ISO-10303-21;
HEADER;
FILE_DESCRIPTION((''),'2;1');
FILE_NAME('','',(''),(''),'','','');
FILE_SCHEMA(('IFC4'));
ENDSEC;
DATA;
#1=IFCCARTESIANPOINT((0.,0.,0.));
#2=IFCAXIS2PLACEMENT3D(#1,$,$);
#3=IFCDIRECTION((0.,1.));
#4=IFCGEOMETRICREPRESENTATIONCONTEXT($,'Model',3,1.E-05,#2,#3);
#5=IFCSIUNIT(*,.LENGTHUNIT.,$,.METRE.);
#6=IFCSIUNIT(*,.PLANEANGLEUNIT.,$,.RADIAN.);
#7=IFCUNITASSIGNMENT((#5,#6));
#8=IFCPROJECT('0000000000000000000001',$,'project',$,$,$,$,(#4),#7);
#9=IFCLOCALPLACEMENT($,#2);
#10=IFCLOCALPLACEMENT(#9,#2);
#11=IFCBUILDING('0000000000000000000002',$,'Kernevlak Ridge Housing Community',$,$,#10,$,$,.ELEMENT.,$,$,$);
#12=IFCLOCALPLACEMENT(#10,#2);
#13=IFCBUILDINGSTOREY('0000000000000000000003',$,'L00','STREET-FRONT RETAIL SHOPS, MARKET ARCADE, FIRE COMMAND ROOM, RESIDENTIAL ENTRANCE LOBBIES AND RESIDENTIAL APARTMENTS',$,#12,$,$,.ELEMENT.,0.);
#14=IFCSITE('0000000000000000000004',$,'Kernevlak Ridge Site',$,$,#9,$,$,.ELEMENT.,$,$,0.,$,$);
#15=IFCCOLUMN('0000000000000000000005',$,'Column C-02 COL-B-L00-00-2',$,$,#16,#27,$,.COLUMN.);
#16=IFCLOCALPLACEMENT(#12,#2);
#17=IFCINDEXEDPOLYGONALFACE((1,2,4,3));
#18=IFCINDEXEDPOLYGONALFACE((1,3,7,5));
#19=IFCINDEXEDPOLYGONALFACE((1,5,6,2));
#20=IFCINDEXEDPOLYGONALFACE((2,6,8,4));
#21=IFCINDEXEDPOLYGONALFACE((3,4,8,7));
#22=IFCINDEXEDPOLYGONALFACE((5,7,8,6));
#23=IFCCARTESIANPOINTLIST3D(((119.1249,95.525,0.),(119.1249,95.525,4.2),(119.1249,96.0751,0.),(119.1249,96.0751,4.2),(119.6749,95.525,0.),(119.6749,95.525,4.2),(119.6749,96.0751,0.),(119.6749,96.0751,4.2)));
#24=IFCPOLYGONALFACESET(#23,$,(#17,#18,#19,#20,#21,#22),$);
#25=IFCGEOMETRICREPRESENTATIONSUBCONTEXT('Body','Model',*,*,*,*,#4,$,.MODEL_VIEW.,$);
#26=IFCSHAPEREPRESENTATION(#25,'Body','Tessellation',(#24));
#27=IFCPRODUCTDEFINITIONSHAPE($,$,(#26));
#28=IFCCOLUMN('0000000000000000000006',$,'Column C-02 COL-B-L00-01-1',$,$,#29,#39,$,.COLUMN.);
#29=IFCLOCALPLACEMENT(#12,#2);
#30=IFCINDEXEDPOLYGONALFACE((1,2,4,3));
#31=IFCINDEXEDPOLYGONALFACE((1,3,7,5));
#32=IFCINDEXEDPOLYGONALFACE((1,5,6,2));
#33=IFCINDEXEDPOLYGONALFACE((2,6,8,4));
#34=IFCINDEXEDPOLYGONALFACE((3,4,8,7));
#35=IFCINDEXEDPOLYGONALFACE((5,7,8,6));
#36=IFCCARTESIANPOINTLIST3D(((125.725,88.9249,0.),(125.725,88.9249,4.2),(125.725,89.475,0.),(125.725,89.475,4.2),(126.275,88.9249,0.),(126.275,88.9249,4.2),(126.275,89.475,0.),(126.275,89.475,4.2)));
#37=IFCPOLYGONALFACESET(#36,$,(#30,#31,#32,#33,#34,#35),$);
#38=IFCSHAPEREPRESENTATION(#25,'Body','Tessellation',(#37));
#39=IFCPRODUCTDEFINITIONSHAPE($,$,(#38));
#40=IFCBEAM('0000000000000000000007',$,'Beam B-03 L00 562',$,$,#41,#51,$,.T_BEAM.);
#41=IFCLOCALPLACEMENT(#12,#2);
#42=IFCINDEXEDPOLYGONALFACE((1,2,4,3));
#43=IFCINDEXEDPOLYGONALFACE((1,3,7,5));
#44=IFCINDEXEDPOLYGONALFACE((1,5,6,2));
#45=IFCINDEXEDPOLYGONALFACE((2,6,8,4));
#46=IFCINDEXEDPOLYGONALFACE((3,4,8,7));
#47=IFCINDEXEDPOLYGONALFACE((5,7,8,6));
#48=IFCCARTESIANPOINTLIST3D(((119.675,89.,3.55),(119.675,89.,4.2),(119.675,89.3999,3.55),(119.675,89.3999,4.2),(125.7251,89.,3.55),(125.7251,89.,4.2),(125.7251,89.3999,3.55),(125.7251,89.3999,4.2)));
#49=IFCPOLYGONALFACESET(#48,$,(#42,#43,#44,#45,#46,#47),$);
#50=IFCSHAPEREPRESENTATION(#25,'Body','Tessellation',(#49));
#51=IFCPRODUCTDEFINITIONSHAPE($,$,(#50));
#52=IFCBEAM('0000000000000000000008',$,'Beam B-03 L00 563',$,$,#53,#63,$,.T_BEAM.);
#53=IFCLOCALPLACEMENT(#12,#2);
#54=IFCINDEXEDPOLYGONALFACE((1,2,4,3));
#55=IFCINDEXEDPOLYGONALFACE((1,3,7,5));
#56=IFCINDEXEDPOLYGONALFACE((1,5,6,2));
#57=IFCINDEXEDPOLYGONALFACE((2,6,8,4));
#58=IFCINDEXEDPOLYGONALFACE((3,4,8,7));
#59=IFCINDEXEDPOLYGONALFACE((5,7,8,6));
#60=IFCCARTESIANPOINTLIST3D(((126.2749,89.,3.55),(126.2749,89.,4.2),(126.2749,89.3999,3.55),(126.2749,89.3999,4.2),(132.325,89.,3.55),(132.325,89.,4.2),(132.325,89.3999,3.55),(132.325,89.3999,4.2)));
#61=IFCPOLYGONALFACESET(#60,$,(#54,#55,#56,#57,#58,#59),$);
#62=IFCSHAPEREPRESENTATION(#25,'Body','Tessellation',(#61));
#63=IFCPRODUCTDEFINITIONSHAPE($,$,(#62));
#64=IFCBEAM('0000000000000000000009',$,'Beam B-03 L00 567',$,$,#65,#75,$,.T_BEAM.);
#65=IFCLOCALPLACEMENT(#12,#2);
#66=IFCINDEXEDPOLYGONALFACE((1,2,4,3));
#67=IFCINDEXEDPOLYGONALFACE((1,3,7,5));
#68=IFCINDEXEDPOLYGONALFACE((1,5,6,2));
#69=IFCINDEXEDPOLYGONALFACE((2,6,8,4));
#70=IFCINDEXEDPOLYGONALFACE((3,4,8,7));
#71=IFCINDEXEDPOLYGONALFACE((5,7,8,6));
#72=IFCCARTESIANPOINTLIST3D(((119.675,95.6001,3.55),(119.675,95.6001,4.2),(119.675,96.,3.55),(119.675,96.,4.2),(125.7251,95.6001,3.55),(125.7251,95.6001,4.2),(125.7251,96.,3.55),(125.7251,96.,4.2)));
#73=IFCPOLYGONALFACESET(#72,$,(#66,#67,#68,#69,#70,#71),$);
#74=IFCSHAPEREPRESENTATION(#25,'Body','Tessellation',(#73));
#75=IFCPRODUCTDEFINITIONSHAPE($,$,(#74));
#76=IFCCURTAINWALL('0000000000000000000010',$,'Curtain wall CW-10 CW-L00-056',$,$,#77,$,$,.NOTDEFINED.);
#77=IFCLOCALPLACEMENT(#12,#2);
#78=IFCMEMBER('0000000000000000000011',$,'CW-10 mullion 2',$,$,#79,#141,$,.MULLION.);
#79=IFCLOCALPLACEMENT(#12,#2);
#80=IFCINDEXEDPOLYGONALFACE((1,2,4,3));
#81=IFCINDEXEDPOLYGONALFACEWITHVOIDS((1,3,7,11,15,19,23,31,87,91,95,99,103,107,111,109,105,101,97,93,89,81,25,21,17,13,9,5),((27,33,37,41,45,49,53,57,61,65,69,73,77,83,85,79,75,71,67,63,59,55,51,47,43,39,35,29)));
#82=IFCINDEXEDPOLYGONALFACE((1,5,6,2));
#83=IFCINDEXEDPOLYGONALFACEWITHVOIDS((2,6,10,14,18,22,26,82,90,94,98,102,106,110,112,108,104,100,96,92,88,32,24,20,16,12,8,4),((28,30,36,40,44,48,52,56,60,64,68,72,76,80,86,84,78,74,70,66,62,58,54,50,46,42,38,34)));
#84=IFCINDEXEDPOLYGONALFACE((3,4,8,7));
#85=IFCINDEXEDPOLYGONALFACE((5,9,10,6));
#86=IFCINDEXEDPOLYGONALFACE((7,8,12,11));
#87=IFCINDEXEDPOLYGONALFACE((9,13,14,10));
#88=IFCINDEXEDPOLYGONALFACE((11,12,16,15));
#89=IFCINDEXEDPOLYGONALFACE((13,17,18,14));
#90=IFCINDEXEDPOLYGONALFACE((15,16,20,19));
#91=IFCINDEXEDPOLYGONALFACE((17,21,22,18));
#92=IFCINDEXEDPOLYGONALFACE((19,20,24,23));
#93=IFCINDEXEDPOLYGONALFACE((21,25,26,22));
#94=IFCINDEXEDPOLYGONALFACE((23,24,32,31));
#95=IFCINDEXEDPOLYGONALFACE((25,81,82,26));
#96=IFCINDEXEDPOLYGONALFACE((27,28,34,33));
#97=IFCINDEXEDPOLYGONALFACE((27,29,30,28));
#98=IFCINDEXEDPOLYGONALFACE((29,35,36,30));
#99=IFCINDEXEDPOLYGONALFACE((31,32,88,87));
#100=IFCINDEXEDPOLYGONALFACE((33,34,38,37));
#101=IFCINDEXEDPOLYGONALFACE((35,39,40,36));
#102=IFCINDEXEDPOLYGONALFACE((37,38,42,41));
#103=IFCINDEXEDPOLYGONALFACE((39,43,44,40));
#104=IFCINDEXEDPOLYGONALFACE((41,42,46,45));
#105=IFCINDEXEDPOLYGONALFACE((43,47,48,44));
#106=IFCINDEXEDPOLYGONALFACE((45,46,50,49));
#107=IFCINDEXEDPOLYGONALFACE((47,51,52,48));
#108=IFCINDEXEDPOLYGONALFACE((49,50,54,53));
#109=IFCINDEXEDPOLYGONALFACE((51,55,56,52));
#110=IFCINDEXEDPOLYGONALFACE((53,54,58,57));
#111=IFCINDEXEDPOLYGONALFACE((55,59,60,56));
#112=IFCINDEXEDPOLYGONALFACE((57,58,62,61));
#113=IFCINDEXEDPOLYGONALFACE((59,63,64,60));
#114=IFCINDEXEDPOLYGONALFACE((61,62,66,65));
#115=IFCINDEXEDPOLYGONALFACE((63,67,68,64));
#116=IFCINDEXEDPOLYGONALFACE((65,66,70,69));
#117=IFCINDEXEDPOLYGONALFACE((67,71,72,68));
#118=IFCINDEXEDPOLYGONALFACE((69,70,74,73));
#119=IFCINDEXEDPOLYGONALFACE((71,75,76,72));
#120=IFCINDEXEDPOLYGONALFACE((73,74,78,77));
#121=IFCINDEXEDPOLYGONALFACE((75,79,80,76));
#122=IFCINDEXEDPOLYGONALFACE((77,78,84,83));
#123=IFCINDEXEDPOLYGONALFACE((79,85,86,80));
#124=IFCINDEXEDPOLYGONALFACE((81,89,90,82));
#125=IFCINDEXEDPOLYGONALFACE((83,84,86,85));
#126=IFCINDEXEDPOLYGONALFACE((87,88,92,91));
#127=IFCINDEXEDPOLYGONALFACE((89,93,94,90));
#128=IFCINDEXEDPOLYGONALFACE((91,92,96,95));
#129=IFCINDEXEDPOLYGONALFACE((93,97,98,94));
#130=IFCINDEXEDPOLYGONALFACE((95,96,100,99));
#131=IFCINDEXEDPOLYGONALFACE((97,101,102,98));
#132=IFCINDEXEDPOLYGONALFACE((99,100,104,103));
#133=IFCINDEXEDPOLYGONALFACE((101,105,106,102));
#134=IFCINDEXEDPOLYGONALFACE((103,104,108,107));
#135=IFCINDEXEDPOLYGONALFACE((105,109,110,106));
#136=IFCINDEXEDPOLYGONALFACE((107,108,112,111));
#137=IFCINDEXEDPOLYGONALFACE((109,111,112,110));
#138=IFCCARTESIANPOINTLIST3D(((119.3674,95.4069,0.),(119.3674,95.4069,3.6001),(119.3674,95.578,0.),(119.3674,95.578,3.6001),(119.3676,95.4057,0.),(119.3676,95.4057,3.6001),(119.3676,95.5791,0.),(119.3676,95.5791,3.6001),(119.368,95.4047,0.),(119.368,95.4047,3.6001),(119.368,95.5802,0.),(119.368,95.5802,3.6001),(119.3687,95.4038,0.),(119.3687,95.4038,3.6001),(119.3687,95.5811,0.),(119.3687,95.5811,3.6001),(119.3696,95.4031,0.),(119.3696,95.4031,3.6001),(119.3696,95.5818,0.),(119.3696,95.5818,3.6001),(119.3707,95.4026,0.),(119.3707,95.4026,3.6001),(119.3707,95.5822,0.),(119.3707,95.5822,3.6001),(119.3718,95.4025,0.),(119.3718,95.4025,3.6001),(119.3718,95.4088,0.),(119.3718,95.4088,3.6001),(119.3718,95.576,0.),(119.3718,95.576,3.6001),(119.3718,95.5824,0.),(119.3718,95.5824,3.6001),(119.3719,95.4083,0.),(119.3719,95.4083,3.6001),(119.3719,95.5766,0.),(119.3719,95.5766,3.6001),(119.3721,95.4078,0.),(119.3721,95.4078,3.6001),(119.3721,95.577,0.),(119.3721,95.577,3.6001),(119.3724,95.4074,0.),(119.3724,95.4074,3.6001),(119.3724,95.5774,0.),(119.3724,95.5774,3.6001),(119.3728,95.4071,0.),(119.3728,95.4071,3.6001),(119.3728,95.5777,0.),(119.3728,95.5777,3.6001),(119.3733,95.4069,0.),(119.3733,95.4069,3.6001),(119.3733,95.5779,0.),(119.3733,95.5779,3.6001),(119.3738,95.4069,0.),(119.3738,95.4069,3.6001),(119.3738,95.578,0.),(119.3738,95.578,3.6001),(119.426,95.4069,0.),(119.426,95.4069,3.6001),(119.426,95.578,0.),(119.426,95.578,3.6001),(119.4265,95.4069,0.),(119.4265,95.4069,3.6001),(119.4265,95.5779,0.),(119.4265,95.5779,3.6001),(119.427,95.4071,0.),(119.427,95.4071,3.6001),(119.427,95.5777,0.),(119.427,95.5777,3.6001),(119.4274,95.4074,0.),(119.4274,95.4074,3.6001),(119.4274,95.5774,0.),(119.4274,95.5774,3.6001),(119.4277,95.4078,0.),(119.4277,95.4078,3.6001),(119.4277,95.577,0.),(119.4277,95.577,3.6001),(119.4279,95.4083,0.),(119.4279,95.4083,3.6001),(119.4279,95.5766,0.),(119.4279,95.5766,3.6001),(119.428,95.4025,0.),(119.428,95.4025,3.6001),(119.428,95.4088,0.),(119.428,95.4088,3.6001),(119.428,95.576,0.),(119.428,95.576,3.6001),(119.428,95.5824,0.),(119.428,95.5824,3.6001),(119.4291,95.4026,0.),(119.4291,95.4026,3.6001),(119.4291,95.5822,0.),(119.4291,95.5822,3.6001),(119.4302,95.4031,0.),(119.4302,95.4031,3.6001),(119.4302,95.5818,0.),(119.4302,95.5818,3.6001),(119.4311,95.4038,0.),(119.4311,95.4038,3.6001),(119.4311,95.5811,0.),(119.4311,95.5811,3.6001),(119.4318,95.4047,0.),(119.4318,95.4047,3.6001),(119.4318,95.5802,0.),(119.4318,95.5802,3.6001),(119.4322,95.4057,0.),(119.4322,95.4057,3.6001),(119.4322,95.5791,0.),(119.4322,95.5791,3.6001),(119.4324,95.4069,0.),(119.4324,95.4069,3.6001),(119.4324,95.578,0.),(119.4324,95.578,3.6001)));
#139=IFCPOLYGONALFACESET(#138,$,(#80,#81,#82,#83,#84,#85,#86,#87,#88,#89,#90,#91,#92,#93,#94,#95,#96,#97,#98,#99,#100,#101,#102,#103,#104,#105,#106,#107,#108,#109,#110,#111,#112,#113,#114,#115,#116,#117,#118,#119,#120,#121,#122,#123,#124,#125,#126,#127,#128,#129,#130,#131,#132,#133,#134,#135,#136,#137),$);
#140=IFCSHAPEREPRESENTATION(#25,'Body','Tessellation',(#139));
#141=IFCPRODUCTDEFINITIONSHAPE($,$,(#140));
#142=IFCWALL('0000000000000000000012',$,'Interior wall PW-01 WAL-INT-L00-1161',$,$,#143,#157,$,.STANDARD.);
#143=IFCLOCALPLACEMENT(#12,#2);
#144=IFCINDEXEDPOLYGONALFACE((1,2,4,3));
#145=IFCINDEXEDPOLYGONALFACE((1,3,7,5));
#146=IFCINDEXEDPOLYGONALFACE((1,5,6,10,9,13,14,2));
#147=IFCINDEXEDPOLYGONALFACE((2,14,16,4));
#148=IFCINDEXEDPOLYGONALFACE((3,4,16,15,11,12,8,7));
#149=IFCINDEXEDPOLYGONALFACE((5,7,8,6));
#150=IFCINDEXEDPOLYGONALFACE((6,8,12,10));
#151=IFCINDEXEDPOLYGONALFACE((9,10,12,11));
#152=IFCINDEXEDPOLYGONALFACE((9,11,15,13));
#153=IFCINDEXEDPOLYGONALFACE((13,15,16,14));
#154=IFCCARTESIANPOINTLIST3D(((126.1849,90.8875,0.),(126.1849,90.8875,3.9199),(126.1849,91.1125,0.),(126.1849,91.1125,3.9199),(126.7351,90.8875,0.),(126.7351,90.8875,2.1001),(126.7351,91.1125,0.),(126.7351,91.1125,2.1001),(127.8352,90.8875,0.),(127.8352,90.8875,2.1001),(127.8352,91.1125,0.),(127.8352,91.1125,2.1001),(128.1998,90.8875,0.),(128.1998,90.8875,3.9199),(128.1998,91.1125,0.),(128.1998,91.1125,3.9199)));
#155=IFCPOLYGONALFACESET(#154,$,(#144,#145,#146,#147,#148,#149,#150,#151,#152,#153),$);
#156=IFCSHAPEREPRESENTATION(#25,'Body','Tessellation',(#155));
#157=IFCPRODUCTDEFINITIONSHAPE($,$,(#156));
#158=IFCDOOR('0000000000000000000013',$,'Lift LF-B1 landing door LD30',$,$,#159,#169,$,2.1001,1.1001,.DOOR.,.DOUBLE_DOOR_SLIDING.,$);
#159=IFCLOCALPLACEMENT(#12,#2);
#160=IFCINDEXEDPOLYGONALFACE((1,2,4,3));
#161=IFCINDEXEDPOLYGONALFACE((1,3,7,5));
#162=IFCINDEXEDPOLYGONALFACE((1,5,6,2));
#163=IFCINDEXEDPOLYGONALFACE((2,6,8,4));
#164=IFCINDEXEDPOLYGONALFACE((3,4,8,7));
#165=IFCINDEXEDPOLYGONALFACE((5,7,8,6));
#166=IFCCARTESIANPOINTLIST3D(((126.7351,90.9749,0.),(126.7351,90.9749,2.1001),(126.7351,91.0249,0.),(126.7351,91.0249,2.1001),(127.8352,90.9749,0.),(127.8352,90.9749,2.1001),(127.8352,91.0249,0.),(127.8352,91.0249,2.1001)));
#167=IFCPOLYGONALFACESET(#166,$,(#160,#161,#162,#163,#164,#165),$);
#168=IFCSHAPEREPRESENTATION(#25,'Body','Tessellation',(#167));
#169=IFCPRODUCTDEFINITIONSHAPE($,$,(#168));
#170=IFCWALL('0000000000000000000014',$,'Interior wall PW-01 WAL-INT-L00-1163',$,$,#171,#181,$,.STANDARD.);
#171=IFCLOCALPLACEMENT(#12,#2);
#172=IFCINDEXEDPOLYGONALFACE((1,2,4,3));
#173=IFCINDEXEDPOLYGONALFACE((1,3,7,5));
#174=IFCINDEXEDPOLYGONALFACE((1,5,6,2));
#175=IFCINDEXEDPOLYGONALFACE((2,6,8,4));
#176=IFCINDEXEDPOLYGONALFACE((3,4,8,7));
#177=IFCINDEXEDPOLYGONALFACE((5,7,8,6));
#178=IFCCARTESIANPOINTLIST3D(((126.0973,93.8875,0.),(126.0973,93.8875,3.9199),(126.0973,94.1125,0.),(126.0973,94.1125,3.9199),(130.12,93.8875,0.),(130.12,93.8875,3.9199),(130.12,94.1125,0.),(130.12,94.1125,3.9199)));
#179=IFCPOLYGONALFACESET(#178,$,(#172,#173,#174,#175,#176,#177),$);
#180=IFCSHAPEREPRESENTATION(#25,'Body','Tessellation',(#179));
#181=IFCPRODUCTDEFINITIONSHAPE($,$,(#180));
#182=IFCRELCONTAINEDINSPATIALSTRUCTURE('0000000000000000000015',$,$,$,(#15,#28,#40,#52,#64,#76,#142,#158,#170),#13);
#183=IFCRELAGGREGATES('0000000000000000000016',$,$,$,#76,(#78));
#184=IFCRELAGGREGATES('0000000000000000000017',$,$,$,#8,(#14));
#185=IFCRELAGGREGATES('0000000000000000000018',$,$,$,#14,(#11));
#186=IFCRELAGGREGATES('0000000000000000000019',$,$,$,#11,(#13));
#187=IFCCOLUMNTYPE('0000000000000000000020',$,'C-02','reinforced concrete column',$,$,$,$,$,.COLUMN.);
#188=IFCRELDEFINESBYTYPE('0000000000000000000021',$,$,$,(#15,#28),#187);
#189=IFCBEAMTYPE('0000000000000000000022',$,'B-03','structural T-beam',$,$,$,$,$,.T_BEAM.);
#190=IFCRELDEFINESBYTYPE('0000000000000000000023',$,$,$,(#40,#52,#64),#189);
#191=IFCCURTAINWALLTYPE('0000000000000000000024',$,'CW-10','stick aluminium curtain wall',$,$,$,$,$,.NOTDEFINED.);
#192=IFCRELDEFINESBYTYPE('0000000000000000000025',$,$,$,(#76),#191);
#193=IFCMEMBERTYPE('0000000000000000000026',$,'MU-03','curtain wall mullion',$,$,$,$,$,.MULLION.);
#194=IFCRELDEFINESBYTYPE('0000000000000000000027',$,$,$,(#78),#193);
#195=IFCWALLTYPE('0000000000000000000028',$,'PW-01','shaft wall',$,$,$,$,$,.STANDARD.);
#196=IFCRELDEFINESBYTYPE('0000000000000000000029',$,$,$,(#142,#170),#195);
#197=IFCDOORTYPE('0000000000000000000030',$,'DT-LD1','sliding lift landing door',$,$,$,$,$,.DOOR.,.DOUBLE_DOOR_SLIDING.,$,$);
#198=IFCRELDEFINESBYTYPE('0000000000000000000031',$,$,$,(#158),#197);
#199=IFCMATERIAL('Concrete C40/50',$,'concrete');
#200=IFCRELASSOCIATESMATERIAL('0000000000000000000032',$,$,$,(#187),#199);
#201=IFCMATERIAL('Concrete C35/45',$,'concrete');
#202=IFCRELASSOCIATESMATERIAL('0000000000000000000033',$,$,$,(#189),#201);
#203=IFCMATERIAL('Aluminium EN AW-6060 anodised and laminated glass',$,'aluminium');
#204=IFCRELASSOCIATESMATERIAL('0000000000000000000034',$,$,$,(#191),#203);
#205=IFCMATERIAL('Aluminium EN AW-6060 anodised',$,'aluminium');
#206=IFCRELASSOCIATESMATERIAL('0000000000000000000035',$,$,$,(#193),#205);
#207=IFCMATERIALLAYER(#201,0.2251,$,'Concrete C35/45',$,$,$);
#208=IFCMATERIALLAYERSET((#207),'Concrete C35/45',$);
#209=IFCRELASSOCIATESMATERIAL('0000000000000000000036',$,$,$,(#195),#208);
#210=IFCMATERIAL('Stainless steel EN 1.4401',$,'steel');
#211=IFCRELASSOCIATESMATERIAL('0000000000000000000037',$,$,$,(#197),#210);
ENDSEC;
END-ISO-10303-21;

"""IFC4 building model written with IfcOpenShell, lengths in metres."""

from ifc_helpers import new_model, si_unit, direction, frame, frame_2d, origin, origin_2d, place, context, subcontext, project, spatial, rectangle, hollow_rectangle, extrude, material, layer, layer_set, material_profile, profile_set, type_object, element, fill, aggregate, save


model = new_model("IFC4")

# Units and contexts
model_context = context("Model", 3, precision=1e-05, world=origin(), true_north=direction((0.0, 1.0)))
body_context = subcontext(model_context, "Body", "Model", "MODEL_VIEW")
ifc_project = project(units=[si_unit("LENGTHUNIT", "METRE"), si_unit("PLANEANGLEUNIT", "RADIAN")], contexts=[model_context])

# Site, building, storey
site_placement = place(None, origin())
site = spatial("IfcSite", under=ifc_project, at=site_placement, Name="Kernevlak Ridge Site", CompositionType="ELEMENT", RefElevation=0.0)
building_placement = place(site_placement, origin())
building = spatial("IfcBuilding", under=site, at=building_placement, Name="Kernevlak Ridge Housing Community", CompositionType="ELEMENT")
storey_placement = place(building_placement, origin())
storey = spatial("IfcBuildingStorey", under=building, at=storey_placement, Name="L00", Description="STREET-FRONT RETAIL SHOPS, MARKET ARCADE, FIRE COMMAND ROOM, RESIDENTIAL ENTRANCE LOBBIES AND RESIDENTIAL APARTMENTS", CompositionType="ELEMENT", Elevation=0.0)

# Columns
ifc_material_1 = material(Name="Concrete C40/50", Category="concrete")
ifc_material_profile_1 = material_profile(ifc_material_1, rectangle(XDim=0.55, YDim=0.55, at=origin_2d()), Name="RC 550x550")
ifc_profile_set_1 = profile_set([ifc_material_profile_1], Name="Concrete C40/50")
column_type = type_object("IfcColumnType", Name="C-02", Description="reinforced concrete column", PredefinedType="COLUMN", material=ifc_profile_set_1)
for number, where, z_axis, x_axis, name in (
    (1, (119.3999, 95.8, 0.0), (0.0, 0.0, 1.0), (1.0, 0.0, 0.0), "Column C-02 COL-B-L00-00-2"),
    (2, (126.0, 89.2, 0.0), (0.0, 0.0, 1.0), (1.0, 0.0, 0.0), "Column C-02 COL-B-L00-01-1"),
):
    element("IfcColumn", number, at=place(storey_placement, frame(where, z_axis=z_axis, x_axis=x_axis)), inside=storey, type_object=column_type, Name=name, PredefinedType="COLUMN", context=body_context, shape_type="SweptSolid", body=[
        extrude(rectangle(XDim=0.55, YDim=0.55, at=origin_2d()), origin(), (0.0, 0.0, 1.0), 4.2),
    ])

# Beams
ifc_material_2 = material(Name="Concrete C35/45", Category="concrete")
ifc_material_profile_2 = material_profile(ifc_material_2, rectangle(XDim=0.3999, YDim=0.6499, at=origin_2d()), Name="RC 400x650")
ifc_profile_set_2 = profile_set([ifc_material_profile_2], Name="Concrete C35/45")
beam_type = type_object("IfcBeamType", Name="B-03", Description="structural T-beam", PredefinedType="T_BEAM", material=ifc_profile_set_2)
for number, where, z_axis, x_axis, name in (
    (3, (119.675, 89.2, 3.875), (1.0, 0.0, 0.0), (0.0, 1.0, 0.0), "Beam B-03 L00 562"),
    (4, (126.2749, 89.2, 3.875), (1.0, 0.0, 0.0), (0.0, 1.0, 0.0), "Beam B-03 L00 563"),
    (5, (119.675, 95.8, 3.875), (1.0, 0.0, 0.0), (0.0, 1.0, 0.0), "Beam B-03 L00 567"),
):
    element("IfcBeam", number, at=place(storey_placement, frame(where, z_axis=z_axis, x_axis=x_axis)), inside=storey, type_object=beam_type, Name=name, PredefinedType="T_BEAM", context=body_context, shape_type="SweptSolid", body=[
        extrude(rectangle(XDim=0.3999, YDim=0.6499, at=origin_2d()), origin(), (0.0, 0.0, 1.0), 6.05),
    ])

# Curtain wall, member
ifc_material_3 = material(Name="Aluminium EN AW-6060 anodised and laminated glass", Category="aluminium")
curtain_wall_type = type_object("IfcCurtainWallType", Name="CW-10", Description="stick aluminium curtain wall", PredefinedType="NOTDEFINED", material=ifc_material_3)
curtain_wall_placement = place(storey_placement, origin())
curtain_wall = element("IfcCurtainWall", 6, at=curtain_wall_placement, inside=storey, type_object=curtain_wall_type, Name="Curtain wall CW-10 CW-L00-056", PredefinedType="NOTDEFINED")
ifc_material_4 = material(Name="Aluminium EN AW-6060 anodised", Category="aluminium")
ifc_material_profile_3 = material_profile(ifc_material_4, hollow_rectangle(XDim=0.0649, YDim=0.1799, WallThickness=0.0044, InnerFilletRadius=0.002, OuterFilletRadius=0.0044, at=origin_2d()), Name="ALU 65x180x4.5")
ifc_profile_set_3 = profile_set([ifc_material_profile_3], Name="Aluminium EN AW-6060 anodised")
member_type = type_object("IfcMemberType", Name="MU-03", Description="curtain wall mullion", PredefinedType="MULLION", material=ifc_profile_set_3)
member_placement = place(storey_placement, frame((119.3999, 95.4924, 0.0), z_axis=(0.0, 0.0, 1.0), x_axis=(-1.0, 0.0, 0.0)))
member = element("IfcMember", 7, at=member_placement, type_object=member_type, Name="CW-10 mullion 2", PredefinedType="MULLION", context=body_context, shape_type="SweptSolid", body=[
    extrude(hollow_rectangle(XDim=0.0649, YDim=0.1799, WallThickness=0.0044, InnerFilletRadius=0.002, OuterFilletRadius=0.0044, at=origin_2d()), origin(), (0.0, 0.0, 1.0), 3.6001),
])
aggregate(curtain_wall, [member])

# Wall, opening, door
ifc_layer_1 = layer(ifc_material_2, 0.2251, Name="Concrete C35/45")
ifc_layer_set_1 = layer_set([ifc_layer_1], Name="Concrete C35/45")
wall_type_1 = type_object("IfcWallType", Name="PW-01", Description="shaft wall", PredefinedType="STANDARD", material=ifc_layer_set_1)
wall_1_placement = place(storey_placement, frame((126.1851, 91.0, 0.0), z_axis=(0.0, 0.0, 1.0), x_axis=(1.0, 0.0, 0.0)))
wall_1 = element("IfcWall", 8, at=wall_1_placement, inside=storey, type_object=wall_type_1, Name="Interior wall PW-01 WAL-INT-L00-1161", PredefinedType="STANDARD", context=body_context, shape_type="SweptSolid", body=[
    extrude(rectangle(XDim=2.0149, YDim=0.2251, at=frame_2d((1.0073, 0.0))), origin(), (0.0, 0.0, 1.0), 3.9199),
])
opening_1_placement = place(wall_1_placement, frame((0.55, 0.0, 0.0)))
opening_1 = element("IfcOpeningElement", 9, at=opening_1_placement, cuts=wall_1, PredefinedType="OPENING", context=body_context, shape_type="SweptSolid", body=[
    extrude(rectangle(XDim=1.1001, YDim=2.1001, at=frame_2d((0.55, 1.05))), frame((0.0, 0.1226, 0.0), z_axis=(0.0, -1.0, 0.0), x_axis=(1.0, 0.0, 0.0)), (0.0, 0.0, 1.0), 0.2451),
])
ifc_material_5 = material(Name="Stainless steel EN 1.4401", Category="steel")
door_type_1 = type_object("IfcDoorType", Name="DT-LD1", Description="sliding lift landing door", OperationType="DOUBLE_DOOR_SLIDING", PredefinedType="DOOR", material=ifc_material_5)
door_1_placement = place(opening_1_placement, origin())
door_1 = element("IfcDoor", 10, at=door_1_placement, inside=storey, type_object=door_type_1, Name="Lift LF-B1 landing door LD30", OperationType="DOUBLE_DOOR_SLIDING", OverallHeight=2.1001, OverallWidth=1.1001, PredefinedType="DOOR", context=body_context, shape_type="SweptSolid", body=[
    extrude(rectangle(XDim=1.1001, YDim=2.1001, at=frame_2d((0.55, 1.05))), frame((0.0, 0.0249, 0.0), z_axis=(0.0, -1.0, 0.0), x_axis=(1.0, 0.0, 0.0)), (0.0, 0.0, 1.0), 0.05),
])
fill(opening_1, door_1)

# Wall
wall_2_placement = place(storey_placement, frame((126.0974, 94.0, 0.0), z_axis=(0.0, 0.0, 1.0), x_axis=(1.0, 0.0, 0.0)))
element("IfcWall", 11, at=wall_2_placement, inside=storey, type_object=wall_type_1, Name="Interior wall PW-01 WAL-INT-L00-1163", PredefinedType="STANDARD", context=body_context, shape_type="SweptSolid", body=[
    extrude(rectangle(XDim=4.0227, YDim=0.2251, at=frame_2d((2.0112, 0.0))), origin(), (0.0, 0.0, 1.0), 3.9199),
])

save(model, "model.ifc")
